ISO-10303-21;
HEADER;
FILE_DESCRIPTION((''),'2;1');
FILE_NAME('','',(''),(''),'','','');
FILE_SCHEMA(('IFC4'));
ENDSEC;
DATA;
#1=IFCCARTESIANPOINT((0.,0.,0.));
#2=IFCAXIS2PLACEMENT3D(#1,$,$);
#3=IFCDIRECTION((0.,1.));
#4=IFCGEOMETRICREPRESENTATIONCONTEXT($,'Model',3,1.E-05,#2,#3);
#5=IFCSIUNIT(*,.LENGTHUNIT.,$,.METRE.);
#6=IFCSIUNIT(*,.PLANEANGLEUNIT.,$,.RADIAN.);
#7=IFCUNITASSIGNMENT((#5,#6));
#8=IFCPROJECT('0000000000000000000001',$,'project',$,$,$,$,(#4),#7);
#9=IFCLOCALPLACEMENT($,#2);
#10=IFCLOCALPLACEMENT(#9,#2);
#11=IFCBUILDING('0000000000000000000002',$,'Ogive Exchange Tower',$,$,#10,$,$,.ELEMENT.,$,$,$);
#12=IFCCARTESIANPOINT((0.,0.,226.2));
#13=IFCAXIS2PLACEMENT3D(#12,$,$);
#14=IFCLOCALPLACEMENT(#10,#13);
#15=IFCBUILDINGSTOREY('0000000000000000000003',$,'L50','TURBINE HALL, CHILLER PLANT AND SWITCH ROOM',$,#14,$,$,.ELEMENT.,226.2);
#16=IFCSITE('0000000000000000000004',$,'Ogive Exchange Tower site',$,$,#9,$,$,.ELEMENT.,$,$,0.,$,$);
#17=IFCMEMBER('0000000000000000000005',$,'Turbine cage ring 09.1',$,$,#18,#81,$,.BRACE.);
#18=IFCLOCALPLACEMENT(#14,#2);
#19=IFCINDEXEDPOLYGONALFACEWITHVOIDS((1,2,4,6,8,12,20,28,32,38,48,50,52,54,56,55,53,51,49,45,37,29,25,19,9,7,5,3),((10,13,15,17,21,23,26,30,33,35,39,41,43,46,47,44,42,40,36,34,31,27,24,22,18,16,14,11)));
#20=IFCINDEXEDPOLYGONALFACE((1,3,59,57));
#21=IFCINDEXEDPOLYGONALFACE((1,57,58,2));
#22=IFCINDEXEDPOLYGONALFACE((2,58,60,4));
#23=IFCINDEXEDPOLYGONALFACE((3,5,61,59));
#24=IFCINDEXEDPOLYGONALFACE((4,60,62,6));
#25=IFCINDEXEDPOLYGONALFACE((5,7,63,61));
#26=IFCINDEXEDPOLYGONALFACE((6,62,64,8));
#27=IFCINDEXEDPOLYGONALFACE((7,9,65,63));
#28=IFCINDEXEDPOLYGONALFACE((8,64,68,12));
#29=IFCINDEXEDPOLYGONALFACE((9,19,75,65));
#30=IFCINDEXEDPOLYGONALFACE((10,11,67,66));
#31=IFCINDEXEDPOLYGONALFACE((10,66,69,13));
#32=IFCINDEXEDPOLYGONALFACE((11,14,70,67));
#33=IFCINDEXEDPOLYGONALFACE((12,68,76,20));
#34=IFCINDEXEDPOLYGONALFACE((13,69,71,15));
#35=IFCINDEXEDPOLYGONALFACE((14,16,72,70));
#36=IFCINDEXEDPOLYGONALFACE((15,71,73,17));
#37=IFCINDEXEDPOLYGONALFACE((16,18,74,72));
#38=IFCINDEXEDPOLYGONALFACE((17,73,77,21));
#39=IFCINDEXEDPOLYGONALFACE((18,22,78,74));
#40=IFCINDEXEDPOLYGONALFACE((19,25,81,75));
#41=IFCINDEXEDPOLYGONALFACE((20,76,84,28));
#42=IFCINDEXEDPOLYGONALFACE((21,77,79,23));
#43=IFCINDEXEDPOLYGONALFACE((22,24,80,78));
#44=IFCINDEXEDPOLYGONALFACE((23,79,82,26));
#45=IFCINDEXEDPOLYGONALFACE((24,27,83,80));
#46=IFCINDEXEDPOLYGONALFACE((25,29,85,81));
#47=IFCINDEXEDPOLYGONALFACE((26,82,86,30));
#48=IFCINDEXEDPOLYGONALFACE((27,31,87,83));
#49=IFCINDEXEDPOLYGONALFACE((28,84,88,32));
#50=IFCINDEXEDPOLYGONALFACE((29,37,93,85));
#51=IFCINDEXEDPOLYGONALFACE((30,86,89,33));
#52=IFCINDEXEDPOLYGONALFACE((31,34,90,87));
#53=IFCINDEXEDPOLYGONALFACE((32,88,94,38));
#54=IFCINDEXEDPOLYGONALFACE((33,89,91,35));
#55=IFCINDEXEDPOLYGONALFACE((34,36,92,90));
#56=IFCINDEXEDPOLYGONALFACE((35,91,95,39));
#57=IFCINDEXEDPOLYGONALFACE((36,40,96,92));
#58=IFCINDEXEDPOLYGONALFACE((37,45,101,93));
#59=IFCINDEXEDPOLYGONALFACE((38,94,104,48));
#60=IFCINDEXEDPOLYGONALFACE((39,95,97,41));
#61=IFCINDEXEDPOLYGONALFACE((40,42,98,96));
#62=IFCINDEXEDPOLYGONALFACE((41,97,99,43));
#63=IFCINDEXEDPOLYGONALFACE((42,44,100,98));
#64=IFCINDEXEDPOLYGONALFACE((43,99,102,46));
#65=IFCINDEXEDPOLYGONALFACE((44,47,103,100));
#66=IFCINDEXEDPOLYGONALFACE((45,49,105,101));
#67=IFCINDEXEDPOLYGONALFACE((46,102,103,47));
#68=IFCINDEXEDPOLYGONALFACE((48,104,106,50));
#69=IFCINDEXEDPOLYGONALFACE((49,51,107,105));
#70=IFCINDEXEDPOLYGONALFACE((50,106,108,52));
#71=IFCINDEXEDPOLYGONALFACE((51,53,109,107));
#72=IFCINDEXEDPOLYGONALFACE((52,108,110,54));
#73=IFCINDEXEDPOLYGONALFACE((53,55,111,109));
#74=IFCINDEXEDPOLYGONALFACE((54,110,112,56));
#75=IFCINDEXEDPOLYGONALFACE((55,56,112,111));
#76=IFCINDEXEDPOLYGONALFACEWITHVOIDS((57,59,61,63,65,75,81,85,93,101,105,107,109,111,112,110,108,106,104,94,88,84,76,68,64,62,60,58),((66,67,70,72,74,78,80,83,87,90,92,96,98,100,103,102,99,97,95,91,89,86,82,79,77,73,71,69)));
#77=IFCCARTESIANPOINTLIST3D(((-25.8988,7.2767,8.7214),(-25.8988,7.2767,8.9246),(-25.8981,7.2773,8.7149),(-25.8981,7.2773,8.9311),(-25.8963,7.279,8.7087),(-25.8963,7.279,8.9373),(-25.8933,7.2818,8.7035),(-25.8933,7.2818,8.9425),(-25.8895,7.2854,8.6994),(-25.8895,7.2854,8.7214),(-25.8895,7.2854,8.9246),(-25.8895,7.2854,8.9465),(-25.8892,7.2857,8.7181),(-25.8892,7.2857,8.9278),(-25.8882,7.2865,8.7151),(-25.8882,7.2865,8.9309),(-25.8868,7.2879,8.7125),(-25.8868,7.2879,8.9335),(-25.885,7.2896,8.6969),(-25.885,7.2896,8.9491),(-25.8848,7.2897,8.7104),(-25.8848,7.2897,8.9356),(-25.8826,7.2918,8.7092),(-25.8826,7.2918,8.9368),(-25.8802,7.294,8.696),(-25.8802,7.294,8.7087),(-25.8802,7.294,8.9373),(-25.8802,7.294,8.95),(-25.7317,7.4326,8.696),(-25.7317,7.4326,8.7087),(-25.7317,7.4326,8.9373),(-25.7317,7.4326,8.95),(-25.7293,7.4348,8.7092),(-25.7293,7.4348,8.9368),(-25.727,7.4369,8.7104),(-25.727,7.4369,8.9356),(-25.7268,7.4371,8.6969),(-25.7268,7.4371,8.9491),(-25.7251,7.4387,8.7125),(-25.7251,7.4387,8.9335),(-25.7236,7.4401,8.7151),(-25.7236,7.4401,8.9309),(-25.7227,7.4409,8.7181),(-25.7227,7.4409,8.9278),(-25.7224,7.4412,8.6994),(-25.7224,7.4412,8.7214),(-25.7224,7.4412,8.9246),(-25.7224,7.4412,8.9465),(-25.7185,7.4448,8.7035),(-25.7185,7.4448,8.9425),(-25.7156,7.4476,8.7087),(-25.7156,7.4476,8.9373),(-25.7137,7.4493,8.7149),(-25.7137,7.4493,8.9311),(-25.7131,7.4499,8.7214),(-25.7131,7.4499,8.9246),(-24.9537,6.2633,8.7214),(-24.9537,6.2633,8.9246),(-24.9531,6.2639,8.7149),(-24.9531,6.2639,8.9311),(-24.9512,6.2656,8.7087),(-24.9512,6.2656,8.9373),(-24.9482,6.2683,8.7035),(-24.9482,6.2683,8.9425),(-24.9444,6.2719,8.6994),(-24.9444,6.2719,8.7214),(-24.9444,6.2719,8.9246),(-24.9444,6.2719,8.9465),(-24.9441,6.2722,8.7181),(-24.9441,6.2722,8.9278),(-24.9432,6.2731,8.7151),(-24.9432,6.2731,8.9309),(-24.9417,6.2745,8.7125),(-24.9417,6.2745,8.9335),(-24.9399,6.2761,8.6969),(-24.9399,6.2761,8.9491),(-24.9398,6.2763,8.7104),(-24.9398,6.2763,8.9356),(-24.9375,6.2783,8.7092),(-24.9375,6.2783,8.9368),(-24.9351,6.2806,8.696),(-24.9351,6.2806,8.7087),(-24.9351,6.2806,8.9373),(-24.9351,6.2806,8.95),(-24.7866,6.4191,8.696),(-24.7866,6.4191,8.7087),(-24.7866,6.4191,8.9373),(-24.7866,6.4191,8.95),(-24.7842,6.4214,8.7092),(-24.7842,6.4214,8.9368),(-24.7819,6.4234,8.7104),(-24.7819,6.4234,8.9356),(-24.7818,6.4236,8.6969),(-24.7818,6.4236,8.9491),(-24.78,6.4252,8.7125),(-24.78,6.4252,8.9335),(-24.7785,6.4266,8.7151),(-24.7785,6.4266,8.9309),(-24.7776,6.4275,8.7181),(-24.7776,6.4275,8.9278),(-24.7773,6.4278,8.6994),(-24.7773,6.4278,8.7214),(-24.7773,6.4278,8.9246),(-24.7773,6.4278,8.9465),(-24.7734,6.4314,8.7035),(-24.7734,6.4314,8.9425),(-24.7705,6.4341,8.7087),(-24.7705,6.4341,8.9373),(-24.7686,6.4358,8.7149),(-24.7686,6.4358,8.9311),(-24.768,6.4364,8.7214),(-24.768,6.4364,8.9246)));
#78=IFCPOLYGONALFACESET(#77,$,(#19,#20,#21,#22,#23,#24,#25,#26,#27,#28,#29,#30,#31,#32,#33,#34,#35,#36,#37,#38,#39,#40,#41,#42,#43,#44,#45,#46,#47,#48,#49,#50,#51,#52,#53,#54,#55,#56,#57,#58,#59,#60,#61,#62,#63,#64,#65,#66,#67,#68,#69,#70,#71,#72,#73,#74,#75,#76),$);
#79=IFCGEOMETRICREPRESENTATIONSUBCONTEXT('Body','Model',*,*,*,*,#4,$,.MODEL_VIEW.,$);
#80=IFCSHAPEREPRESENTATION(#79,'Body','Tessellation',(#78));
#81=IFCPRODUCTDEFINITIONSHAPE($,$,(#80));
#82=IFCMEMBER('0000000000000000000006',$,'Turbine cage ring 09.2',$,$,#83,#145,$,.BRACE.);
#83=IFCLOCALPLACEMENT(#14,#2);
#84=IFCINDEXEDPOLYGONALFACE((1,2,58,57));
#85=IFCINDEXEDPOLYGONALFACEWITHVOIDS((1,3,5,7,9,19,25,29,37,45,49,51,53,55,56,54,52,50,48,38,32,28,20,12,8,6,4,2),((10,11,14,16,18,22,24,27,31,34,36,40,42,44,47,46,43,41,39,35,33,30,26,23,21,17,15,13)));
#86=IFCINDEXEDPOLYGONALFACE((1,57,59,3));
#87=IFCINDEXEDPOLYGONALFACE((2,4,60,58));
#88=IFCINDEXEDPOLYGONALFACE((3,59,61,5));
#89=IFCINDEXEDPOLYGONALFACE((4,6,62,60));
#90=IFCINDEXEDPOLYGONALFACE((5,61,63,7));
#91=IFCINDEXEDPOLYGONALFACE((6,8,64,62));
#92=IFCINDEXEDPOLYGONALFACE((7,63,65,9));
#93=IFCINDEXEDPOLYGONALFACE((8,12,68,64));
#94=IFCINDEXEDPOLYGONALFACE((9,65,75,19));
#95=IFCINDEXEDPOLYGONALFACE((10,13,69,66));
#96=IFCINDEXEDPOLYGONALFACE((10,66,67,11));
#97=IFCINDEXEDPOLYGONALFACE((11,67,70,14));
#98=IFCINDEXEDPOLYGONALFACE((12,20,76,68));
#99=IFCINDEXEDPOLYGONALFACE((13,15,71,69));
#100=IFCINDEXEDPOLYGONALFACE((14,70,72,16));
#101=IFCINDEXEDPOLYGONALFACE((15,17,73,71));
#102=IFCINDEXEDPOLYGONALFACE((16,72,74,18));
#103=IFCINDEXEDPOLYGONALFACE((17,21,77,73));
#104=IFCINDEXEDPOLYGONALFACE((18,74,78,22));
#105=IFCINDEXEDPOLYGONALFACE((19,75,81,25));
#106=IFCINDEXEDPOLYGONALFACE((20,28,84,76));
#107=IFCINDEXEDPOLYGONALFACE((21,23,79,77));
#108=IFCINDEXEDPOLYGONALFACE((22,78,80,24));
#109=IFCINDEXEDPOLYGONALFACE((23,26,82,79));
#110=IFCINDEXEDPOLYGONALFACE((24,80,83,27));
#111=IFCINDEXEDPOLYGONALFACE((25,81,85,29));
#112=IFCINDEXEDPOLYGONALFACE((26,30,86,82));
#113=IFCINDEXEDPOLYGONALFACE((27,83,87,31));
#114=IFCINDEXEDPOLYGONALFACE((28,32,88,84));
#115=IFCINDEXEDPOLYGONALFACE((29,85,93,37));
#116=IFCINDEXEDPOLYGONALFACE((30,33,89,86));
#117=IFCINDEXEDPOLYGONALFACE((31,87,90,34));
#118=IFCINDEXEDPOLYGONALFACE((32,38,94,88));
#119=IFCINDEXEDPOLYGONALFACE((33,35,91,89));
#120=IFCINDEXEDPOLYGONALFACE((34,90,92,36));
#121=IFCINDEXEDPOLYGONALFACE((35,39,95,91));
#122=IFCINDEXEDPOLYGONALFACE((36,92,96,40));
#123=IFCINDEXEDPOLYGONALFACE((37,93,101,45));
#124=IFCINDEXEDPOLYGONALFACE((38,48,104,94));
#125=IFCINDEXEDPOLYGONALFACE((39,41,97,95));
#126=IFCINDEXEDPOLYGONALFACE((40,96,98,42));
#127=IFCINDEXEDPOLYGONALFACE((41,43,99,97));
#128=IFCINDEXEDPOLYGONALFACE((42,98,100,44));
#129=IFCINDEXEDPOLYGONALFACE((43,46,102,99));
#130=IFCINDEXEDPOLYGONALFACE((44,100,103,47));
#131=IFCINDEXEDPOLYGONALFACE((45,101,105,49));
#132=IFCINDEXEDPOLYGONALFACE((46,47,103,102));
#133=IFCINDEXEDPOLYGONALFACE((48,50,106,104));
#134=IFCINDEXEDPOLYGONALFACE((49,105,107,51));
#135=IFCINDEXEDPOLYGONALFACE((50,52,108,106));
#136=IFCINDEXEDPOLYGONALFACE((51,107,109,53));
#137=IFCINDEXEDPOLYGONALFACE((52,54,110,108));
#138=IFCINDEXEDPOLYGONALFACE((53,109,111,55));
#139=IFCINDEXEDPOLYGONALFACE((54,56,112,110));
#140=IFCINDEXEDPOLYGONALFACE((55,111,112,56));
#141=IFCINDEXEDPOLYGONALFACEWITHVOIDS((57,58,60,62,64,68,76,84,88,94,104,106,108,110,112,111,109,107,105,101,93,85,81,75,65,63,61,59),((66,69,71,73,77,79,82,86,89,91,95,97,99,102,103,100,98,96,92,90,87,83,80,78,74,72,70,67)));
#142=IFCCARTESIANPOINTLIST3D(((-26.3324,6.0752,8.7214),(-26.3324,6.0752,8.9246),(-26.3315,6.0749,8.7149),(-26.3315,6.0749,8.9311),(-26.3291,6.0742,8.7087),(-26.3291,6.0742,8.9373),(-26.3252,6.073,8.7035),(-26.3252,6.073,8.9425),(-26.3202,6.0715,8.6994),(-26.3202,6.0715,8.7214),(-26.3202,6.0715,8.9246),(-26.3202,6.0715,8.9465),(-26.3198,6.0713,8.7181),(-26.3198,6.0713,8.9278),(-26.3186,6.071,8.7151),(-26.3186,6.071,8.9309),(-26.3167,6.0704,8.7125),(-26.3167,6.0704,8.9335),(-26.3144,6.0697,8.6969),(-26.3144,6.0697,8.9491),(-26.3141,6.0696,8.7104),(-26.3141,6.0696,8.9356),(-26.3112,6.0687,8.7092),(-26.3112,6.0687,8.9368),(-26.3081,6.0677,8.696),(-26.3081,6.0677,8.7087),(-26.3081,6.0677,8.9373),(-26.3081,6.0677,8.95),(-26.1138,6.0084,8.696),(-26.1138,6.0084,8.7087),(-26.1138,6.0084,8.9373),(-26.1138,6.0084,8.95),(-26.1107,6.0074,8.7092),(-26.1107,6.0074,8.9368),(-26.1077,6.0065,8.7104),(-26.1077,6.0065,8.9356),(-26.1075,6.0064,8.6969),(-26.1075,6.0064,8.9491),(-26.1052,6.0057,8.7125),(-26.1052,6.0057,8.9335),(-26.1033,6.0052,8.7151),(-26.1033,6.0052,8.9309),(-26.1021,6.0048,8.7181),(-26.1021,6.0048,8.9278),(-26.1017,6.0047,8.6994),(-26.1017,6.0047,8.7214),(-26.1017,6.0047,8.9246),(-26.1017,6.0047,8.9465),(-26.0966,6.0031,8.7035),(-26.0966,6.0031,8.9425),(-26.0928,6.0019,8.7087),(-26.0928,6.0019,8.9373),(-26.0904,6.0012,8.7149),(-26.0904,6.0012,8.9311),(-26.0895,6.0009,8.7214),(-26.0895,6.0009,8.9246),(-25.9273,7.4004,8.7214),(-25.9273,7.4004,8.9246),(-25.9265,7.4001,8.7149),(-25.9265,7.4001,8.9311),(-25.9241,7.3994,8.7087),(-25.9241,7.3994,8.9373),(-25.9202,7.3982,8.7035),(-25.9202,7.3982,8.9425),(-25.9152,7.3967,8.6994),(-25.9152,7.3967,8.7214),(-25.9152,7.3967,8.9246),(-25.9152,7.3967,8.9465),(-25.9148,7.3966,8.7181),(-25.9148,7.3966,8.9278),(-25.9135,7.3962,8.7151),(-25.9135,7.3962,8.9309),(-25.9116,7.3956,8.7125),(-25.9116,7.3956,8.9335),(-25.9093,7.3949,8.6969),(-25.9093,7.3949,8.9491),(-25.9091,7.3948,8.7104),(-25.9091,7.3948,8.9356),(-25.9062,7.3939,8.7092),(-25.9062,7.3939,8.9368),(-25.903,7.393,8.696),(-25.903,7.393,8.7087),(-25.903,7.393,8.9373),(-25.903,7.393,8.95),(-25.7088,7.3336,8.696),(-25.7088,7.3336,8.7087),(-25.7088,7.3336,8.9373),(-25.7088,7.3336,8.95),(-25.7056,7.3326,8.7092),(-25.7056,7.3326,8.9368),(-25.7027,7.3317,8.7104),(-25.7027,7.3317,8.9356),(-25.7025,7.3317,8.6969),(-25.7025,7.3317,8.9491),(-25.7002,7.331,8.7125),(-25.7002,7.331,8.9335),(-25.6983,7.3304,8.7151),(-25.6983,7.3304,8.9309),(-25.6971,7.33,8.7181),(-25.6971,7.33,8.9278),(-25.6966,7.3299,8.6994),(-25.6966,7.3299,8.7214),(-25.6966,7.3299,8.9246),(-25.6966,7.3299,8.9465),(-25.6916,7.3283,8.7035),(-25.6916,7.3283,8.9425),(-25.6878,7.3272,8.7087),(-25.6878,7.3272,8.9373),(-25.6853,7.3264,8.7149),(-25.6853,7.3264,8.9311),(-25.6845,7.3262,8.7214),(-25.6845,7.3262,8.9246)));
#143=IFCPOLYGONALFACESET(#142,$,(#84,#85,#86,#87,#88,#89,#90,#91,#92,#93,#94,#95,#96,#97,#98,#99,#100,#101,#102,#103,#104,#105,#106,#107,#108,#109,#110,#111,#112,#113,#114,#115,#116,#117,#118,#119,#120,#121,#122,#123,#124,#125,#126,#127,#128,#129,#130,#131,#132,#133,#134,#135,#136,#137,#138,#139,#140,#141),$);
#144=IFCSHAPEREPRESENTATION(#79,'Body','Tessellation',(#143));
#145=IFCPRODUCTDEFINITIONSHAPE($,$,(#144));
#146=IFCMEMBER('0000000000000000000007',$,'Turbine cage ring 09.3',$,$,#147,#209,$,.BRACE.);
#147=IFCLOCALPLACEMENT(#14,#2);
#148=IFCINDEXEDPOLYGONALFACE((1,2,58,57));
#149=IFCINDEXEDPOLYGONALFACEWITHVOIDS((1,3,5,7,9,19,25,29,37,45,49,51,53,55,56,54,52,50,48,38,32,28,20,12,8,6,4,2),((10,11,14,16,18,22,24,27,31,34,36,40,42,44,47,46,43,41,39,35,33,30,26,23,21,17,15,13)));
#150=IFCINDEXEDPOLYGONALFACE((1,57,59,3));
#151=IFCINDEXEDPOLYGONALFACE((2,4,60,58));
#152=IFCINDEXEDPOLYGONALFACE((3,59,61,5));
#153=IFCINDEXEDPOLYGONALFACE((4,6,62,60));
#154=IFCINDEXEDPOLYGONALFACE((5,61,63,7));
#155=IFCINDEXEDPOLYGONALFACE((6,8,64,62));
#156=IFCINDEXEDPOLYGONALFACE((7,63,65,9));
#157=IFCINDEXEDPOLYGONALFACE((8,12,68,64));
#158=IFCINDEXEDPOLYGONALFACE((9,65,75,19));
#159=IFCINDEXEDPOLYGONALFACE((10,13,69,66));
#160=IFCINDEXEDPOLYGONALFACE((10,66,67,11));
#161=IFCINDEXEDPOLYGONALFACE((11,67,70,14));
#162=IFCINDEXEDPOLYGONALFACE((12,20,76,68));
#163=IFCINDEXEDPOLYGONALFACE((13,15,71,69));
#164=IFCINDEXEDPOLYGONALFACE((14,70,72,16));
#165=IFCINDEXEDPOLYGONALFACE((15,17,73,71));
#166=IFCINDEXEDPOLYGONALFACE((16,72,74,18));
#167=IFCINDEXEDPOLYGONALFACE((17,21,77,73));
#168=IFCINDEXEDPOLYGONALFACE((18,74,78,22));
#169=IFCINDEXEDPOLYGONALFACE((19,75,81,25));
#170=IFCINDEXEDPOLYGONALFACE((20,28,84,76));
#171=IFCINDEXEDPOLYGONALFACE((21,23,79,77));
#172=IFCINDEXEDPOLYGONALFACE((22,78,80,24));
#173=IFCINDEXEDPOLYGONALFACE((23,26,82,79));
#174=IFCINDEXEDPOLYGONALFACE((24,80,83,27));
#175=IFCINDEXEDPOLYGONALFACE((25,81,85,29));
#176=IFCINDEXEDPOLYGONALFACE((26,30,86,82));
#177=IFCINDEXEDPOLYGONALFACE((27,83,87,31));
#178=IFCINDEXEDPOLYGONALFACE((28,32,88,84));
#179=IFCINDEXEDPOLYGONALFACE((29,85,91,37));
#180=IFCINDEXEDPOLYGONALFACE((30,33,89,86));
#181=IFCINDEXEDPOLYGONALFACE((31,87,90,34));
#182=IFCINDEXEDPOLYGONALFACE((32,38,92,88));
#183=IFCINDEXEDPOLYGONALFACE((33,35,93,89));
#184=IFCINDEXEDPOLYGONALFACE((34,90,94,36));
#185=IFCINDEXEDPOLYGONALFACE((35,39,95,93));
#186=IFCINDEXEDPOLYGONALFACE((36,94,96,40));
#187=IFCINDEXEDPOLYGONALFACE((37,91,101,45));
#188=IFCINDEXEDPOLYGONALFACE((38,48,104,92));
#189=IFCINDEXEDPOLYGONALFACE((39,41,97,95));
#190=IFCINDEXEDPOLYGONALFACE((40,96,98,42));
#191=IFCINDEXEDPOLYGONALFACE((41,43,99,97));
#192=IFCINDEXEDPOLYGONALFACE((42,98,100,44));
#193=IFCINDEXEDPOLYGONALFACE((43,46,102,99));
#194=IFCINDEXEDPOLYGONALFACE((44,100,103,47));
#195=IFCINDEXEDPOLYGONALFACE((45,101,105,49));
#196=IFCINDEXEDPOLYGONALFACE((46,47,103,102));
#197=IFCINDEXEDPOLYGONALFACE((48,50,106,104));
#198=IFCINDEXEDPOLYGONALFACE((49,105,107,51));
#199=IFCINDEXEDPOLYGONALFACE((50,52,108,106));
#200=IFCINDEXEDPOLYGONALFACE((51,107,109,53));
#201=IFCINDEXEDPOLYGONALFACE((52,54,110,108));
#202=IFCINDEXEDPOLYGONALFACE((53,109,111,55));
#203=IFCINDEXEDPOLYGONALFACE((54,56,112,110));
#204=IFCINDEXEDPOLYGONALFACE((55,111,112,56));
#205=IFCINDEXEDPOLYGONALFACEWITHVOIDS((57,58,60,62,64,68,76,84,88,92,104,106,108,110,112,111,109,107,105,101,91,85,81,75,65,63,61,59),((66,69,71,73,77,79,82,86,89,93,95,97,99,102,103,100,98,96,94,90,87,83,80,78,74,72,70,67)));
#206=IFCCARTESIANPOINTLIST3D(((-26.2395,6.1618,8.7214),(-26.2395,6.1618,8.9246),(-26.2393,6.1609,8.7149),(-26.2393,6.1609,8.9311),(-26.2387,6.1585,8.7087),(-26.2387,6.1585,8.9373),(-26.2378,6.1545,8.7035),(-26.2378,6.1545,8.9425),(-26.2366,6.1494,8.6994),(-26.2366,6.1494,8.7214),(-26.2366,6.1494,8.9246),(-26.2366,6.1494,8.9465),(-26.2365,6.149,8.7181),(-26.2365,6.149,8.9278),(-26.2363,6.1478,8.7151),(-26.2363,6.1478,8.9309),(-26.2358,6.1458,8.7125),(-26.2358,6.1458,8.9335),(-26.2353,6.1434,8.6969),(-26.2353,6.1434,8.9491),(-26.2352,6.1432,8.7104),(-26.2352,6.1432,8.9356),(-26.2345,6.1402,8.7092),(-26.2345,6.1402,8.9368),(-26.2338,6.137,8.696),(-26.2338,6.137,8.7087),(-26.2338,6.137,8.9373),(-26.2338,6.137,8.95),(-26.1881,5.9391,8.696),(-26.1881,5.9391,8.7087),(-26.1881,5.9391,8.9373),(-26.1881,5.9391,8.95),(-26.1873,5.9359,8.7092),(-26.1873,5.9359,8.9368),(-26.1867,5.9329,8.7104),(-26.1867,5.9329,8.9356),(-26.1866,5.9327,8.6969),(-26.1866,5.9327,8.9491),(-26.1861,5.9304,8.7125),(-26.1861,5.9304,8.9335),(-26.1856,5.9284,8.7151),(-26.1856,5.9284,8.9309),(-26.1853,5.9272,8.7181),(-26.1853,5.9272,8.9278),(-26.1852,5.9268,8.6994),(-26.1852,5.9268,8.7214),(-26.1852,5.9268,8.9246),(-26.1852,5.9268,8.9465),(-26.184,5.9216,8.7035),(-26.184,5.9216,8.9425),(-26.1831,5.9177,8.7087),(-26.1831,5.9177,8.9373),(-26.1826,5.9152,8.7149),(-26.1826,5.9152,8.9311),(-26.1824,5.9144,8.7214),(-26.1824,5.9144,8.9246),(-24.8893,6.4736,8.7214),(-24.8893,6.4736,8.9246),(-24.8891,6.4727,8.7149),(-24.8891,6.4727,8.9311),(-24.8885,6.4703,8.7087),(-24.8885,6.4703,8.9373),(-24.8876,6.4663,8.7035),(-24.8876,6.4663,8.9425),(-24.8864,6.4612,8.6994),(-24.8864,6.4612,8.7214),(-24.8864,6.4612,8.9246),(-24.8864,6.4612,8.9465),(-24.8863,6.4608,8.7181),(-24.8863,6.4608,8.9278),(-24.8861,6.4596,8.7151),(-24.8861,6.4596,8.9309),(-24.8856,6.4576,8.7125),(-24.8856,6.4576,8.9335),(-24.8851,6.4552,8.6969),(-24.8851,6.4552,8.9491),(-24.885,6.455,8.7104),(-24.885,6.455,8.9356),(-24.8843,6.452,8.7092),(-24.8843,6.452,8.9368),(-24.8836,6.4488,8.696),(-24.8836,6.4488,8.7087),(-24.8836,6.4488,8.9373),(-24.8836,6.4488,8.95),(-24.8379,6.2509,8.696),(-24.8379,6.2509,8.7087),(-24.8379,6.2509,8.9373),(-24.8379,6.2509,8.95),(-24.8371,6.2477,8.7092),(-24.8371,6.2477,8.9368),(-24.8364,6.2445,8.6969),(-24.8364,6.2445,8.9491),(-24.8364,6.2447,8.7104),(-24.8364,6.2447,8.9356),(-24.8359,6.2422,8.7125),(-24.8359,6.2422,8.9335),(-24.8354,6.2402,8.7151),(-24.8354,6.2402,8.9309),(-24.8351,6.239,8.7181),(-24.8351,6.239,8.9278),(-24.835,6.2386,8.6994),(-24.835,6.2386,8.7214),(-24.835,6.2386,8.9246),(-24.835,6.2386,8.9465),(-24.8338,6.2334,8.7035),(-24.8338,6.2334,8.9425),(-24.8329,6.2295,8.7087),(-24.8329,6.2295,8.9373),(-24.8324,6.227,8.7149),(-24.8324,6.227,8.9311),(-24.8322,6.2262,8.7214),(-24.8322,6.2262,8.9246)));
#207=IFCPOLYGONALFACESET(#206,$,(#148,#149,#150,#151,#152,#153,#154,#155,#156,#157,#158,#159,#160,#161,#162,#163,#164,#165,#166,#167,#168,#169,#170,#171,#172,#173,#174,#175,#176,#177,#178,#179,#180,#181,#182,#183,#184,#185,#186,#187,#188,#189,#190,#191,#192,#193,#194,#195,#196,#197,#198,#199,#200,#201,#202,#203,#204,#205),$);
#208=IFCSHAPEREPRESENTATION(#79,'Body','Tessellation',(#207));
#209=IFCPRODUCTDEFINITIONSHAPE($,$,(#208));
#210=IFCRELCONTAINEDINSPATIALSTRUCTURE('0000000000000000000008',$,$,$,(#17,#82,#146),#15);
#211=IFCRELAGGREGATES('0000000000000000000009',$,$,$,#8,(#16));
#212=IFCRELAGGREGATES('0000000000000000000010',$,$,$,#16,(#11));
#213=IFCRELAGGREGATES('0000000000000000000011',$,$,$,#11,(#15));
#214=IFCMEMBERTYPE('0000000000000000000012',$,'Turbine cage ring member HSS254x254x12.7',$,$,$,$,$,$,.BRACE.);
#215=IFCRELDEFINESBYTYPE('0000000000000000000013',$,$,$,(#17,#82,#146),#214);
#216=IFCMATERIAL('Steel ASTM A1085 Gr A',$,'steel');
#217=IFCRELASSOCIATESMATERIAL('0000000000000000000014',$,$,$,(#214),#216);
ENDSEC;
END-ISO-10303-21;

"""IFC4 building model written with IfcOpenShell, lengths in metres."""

from ifc_helpers import new_model, si_unit, direction, frame, origin, origin_2d, place, context, subcontext, project, spatial, hollow_rectangle, extrude, material, material_profile, profile_set, type_object, element, save


model = new_model("IFC4")

# Units and contexts
model_context = context("Model", 3, precision=1e-05, world=origin(), true_north=direction((0.0, 1.0)))
body_context = subcontext(model_context, "Body", "Model", "MODEL_VIEW")
ifc_project = project(units=[si_unit("LENGTHUNIT", "METRE"), si_unit("PLANEANGLEUNIT", "RADIAN")], contexts=[model_context])

# Site, building, storey
site_placement = place(None, origin())
site = spatial("IfcSite", under=ifc_project, at=site_placement, Name="Ogive Exchange Tower site", CompositionType="ELEMENT", RefElevation=0.0)
building_placement = place(site_placement, origin())
building = spatial("IfcBuilding", under=site, at=building_placement, Name="Ogive Exchange Tower", CompositionType="ELEMENT")
storey_placement = place(building_placement, frame((0.0, 0.0, 226.2)))
storey = spatial("IfcBuildingStorey", under=building, at=storey_placement, Name="L50", Description="TURBINE HALL, CHILLER PLANT AND SWITCH ROOM", CompositionType="ELEMENT", Elevation=226.2)

# Shared definitions
ifc_material_1 = material(Name="Steel ASTM A1085 Gr A", Category="steel")

# Members
ifc_material_profile_1 = material_profile(ifc_material_1, hollow_rectangle(XDim=0.2539, YDim=0.2539, WallThickness=0.0127, InnerFilletRadius=0.0127, OuterFilletRadius=0.0254, at=origin_2d()), Name="HSS254x254x12.7")
ifc_profile_set_1 = profile_set([ifc_material_profile_1], Name="Steel ASTM A1085 Gr A")
member_type_1 = type_object("IfcMemberType", Name="Turbine cage ring member HSS254x254x12.7", PredefinedType="BRACE", material=ifc_profile_set_1)
for number, where, z_axis, x_axis, name in (
    (1, (-24.8608, 6.3499, 8.823), (-0.682011, 0.731342, 0.0), (-0.731342, -0.682011, 0.0), "Turbine cage ring 09.1"),
    (2, (-25.8059, 7.3633, 8.823), (-0.29229, -0.95633, 0.0), (0.95633, -0.29229, 0.0), "Turbine cage ring 09.2"),
    (3, (-26.2109, 6.0381, 8.823), (0.974359, 0.225001, 0.0), (-0.225001, 0.974359, 0.0), "Turbine cage ring 09.3"),
):
    element("IfcMember", number, at=place(storey_placement, frame(where, z_axis=z_axis, x_axis=x_axis)), inside=storey, type_object=member_type_1, Name=name, PredefinedType="BRACE", context=body_context, shape_type="SweptSolid", body=[
        extrude(hollow_rectangle(XDim=0.2539, YDim=0.2539, WallThickness=0.0127, InnerFilletRadius=0.0127, OuterFilletRadius=0.0254, at=origin_2d()), origin(), (0.0, 0.0, 1.0), 1.3857),
    ])

save(model, "model.ifc")
